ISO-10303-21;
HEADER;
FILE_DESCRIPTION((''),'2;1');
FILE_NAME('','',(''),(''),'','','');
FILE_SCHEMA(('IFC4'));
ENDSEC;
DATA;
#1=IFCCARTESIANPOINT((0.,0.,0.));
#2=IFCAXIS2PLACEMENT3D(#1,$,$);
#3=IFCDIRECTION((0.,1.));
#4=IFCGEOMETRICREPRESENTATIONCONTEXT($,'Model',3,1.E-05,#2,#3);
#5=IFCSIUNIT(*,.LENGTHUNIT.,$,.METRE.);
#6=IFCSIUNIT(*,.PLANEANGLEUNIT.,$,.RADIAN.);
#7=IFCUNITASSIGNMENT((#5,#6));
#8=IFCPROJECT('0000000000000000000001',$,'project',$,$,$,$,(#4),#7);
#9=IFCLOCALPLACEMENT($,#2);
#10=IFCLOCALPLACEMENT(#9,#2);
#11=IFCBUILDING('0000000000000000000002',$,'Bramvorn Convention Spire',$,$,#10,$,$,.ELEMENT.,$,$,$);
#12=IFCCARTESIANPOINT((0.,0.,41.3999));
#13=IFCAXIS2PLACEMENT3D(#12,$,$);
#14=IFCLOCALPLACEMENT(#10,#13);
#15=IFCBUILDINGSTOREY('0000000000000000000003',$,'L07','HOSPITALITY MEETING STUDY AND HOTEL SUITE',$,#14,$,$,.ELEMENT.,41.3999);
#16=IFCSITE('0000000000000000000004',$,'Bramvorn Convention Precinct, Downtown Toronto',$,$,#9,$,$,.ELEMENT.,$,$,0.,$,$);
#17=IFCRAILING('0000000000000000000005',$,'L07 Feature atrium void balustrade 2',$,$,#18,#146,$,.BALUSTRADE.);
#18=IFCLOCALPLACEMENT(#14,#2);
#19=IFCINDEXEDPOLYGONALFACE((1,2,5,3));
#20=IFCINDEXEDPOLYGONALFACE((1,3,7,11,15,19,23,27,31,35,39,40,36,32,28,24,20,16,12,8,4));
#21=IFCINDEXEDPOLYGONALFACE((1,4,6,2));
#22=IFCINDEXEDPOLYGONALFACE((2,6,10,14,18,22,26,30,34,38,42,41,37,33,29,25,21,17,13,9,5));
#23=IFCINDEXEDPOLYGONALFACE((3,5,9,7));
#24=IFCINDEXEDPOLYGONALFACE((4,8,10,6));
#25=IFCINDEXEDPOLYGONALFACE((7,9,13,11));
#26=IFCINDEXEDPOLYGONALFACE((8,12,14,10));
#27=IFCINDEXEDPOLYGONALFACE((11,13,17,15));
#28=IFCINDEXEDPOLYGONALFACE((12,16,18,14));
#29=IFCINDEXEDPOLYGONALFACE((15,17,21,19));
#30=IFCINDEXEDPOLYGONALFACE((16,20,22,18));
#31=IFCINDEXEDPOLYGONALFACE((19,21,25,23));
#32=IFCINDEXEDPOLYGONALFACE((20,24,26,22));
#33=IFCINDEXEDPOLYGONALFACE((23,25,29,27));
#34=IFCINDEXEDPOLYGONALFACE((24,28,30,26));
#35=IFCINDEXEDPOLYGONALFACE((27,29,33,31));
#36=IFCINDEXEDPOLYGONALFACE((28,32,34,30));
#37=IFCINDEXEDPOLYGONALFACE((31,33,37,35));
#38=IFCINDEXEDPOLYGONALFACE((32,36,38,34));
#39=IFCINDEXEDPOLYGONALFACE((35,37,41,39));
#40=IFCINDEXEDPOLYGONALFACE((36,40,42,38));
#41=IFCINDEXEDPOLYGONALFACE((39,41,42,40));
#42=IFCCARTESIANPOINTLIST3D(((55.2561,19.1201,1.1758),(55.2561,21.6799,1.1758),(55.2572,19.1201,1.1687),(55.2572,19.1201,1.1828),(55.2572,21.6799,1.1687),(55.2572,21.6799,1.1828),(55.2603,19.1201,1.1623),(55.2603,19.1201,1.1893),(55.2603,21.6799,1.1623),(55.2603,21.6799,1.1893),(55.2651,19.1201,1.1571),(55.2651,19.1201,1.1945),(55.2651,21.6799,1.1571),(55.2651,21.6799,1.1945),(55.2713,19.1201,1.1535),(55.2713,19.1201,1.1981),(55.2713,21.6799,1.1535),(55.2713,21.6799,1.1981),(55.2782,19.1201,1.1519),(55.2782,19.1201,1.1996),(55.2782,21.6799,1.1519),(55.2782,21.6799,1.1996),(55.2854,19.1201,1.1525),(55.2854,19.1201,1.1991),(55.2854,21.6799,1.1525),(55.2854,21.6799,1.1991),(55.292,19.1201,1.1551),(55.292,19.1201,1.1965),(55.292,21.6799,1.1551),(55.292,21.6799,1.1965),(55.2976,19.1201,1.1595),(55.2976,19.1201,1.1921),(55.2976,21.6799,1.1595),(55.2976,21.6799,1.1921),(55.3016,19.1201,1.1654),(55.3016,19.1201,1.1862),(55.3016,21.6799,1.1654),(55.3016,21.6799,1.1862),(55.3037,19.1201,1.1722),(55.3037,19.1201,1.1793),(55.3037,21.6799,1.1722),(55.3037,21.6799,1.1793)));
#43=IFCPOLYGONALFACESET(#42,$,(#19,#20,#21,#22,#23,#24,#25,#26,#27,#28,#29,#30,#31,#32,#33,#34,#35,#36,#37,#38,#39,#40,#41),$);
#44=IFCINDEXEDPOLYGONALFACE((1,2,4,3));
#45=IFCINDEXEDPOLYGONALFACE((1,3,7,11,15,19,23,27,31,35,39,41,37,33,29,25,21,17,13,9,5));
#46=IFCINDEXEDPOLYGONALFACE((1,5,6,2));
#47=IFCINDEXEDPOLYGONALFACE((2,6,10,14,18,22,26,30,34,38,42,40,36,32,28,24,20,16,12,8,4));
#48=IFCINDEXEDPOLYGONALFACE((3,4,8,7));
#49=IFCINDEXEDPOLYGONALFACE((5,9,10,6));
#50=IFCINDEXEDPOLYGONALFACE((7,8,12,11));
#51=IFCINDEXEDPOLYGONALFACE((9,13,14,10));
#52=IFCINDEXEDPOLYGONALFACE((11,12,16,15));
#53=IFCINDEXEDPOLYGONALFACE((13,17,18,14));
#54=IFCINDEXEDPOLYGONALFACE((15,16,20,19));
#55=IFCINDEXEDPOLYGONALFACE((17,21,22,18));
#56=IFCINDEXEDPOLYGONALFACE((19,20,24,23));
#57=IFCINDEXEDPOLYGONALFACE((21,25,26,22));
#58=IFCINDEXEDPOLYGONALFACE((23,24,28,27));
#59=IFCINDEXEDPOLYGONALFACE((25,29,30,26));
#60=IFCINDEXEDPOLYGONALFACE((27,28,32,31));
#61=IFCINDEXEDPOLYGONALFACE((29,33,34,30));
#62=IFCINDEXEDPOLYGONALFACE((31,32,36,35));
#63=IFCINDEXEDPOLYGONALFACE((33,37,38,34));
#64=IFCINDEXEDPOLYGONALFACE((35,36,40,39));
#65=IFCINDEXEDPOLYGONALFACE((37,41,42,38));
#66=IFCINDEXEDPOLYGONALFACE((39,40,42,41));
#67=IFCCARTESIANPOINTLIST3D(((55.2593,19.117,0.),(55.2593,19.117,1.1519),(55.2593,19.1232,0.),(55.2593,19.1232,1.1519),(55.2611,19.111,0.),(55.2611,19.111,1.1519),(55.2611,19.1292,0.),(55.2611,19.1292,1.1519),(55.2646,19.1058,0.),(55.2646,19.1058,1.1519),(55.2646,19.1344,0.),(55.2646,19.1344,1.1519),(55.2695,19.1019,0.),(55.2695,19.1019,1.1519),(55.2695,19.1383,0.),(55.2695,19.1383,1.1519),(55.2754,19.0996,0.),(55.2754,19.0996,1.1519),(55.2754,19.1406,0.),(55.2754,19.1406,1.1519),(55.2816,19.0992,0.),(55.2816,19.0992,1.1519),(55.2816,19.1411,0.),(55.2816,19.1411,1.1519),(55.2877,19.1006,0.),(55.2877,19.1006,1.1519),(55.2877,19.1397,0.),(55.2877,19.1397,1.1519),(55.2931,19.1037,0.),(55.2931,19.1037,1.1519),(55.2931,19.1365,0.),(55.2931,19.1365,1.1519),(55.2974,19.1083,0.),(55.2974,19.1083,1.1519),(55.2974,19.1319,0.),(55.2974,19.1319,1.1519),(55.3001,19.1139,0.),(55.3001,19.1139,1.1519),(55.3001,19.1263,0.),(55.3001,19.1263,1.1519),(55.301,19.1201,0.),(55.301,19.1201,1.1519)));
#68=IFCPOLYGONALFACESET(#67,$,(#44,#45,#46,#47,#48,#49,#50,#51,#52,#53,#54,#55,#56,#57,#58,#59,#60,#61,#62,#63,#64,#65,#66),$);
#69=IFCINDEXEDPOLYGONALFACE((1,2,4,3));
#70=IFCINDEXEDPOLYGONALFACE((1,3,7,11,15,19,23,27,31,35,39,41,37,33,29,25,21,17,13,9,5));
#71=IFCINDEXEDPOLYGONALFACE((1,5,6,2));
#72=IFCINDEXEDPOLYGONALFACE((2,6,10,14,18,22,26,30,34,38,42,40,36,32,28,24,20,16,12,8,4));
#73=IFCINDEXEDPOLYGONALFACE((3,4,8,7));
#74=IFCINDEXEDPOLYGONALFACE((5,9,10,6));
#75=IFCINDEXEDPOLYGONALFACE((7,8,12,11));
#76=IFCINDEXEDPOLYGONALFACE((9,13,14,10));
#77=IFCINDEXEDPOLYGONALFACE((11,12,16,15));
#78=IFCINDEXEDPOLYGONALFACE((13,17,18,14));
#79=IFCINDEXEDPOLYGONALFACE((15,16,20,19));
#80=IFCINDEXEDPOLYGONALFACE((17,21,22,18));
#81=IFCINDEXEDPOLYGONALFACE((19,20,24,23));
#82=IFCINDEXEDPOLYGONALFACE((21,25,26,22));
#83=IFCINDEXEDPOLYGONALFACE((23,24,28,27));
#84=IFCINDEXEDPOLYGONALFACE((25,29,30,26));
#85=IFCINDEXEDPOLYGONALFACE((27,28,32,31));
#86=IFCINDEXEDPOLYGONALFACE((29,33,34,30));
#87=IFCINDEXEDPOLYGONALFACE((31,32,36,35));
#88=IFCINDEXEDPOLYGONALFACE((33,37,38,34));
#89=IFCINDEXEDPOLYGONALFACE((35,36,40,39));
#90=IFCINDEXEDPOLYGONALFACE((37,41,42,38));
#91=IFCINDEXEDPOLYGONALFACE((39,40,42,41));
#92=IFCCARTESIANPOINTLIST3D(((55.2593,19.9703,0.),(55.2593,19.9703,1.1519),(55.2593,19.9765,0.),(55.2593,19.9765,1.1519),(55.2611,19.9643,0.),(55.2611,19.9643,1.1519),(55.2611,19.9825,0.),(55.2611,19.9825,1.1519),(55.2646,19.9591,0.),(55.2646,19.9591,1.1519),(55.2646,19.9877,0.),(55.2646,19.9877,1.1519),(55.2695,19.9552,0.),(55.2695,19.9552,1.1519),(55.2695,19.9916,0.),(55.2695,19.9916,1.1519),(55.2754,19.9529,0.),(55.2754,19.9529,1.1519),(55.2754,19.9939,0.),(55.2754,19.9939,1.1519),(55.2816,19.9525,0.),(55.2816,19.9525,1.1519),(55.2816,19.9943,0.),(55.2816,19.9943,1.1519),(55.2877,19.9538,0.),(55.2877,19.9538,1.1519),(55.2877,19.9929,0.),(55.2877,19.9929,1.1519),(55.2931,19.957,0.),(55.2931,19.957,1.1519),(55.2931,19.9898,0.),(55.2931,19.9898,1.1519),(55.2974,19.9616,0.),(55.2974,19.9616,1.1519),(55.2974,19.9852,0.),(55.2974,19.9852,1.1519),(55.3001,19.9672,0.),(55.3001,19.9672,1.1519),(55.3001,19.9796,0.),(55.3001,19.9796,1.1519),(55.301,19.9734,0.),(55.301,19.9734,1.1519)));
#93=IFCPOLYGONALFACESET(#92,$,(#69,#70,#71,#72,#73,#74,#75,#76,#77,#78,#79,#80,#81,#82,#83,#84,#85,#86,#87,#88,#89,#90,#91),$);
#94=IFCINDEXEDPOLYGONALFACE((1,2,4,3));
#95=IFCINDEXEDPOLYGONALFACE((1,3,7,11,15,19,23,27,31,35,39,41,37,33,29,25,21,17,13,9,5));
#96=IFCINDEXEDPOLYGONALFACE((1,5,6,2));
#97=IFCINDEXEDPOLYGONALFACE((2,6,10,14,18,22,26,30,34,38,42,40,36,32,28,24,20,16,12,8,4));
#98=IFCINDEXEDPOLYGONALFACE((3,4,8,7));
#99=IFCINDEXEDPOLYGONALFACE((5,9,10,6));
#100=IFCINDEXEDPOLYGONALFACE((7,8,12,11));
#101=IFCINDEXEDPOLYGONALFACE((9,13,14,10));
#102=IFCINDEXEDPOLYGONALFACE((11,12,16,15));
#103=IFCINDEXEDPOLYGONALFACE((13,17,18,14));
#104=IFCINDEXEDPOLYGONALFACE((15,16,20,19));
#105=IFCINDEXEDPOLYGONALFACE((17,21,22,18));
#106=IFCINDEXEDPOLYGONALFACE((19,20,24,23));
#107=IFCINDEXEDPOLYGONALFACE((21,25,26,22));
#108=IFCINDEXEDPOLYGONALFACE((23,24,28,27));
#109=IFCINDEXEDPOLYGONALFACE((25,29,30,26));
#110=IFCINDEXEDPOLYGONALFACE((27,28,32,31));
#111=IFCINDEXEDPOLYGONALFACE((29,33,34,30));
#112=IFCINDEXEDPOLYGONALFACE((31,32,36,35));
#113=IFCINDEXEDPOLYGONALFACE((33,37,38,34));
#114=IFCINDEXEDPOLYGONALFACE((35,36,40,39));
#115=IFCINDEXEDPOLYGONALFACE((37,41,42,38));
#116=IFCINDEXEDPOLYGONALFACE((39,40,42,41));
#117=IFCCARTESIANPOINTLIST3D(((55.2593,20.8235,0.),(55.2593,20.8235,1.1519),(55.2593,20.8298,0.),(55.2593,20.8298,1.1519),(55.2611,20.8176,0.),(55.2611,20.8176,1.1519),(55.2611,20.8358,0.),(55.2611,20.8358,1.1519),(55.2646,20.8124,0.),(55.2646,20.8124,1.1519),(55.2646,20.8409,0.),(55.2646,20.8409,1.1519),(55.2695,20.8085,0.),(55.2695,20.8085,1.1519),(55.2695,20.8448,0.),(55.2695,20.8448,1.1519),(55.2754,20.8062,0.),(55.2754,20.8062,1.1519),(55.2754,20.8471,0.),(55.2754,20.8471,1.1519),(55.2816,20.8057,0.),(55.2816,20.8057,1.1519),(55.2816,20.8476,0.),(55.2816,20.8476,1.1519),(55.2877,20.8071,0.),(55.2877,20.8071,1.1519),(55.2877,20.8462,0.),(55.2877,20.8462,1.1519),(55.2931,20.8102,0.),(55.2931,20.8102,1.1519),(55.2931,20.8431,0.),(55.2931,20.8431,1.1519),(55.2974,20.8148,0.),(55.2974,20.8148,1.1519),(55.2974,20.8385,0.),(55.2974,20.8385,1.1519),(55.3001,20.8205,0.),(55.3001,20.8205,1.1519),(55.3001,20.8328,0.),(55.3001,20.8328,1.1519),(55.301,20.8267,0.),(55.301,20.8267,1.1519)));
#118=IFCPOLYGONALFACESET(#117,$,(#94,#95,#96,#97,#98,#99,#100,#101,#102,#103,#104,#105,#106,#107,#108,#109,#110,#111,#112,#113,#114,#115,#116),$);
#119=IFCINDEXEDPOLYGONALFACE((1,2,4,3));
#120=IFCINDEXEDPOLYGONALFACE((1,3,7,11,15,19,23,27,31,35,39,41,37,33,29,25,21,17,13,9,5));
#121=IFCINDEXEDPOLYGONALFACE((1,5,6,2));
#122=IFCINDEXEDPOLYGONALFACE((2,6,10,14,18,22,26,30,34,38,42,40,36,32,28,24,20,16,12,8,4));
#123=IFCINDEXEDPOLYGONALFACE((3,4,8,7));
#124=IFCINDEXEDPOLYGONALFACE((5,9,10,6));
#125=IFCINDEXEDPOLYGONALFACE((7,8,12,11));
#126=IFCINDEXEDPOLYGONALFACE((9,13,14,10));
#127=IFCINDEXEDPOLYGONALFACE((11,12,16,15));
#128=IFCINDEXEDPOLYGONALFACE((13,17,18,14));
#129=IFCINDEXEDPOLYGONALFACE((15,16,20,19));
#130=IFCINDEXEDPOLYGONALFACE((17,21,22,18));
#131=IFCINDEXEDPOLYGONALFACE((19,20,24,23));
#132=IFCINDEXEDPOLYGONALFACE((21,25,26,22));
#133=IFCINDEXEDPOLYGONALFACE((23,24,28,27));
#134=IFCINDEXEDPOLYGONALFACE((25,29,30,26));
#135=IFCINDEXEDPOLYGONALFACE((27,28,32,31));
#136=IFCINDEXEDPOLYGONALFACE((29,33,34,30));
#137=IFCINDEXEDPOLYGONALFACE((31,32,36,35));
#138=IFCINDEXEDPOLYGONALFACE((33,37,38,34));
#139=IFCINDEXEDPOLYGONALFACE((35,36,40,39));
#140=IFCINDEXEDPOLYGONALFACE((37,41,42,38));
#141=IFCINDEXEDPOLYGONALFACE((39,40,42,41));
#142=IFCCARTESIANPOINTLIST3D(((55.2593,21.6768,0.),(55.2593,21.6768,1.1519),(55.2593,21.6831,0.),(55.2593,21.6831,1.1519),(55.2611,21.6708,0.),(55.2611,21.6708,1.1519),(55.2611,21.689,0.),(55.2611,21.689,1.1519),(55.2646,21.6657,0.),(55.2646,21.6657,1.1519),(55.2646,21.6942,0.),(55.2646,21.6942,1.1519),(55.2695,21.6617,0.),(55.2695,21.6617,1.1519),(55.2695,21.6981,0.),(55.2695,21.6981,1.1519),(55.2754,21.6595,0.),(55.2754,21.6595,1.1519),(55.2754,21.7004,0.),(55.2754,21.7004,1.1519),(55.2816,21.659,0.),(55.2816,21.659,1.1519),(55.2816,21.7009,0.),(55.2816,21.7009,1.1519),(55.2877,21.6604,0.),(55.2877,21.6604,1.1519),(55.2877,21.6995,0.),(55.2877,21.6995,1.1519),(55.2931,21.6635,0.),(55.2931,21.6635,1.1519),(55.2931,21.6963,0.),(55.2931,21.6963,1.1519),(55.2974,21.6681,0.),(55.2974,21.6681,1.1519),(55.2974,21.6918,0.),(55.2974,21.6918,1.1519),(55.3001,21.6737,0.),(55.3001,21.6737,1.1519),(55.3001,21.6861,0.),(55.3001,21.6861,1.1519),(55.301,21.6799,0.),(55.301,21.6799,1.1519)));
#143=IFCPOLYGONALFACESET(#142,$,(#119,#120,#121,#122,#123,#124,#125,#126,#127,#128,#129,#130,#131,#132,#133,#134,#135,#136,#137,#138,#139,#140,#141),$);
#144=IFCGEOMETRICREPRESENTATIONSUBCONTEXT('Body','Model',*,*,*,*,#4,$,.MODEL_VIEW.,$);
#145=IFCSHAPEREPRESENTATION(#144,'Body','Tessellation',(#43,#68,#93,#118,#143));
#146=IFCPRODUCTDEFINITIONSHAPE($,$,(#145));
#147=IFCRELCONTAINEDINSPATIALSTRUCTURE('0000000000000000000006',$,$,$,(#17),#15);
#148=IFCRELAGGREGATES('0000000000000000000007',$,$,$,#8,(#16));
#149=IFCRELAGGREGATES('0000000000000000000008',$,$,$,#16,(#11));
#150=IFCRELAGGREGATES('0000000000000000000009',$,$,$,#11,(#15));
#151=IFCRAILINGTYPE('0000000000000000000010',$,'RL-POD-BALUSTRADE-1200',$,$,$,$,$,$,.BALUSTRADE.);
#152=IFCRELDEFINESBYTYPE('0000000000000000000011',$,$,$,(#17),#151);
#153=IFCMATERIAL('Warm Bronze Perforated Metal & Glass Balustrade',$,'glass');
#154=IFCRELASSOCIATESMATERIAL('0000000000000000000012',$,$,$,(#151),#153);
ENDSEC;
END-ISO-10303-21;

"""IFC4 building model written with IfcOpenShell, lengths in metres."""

from ifc_helpers import new_model, si_unit, direction, frame, origin, origin_2d, place, context, subcontext, project, spatial, circle, extrude, material, type_object, element, save


model = new_model("IFC4")

# Units and contexts
model_context = context("Model", 3, precision=1e-05, world=origin(), true_north=direction((0.0, 1.0)))
body_context = subcontext(model_context, "Body", "Model", "MODEL_VIEW")
ifc_project = project(units=[si_unit("LENGTHUNIT", "METRE"), si_unit("PLANEANGLEUNIT", "RADIAN")], contexts=[model_context])

# Site, building, storey
site_placement = place(None, origin())
site = spatial("IfcSite", under=ifc_project, at=site_placement, Name="Bramvorn Convention Precinct, Downtown Toronto", CompositionType="ELEMENT", RefElevation=0.0)
building_placement = place(site_placement, origin())
building = spatial("IfcBuilding", under=site, at=building_placement, Name="Bramvorn Convention Spire", CompositionType="ELEMENT")
storey_placement = place(building_placement, frame((0.0, 0.0, 41.3999)))
storey = spatial("IfcBuildingStorey", under=building, at=storey_placement, Name="L07", Description="HOSPITALITY MEETING STUDY AND HOTEL SUITE", CompositionType="ELEMENT", Elevation=41.3999)

# Railing
ifc_material_1 = material(Name="Warm Bronze Perforated Metal & Glass Balustrade", Category="glass")
railing_type_1 = type_object("IfcRailingType", Name="RL-POD-BALUSTRADE-1200", PredefinedType="BALUSTRADE", material=ifc_material_1)
railing_1_placement = place(storey_placement, frame((55.28, 19.1201, 0.0)))
element("IfcRailing", 1, at=railing_1_placement, inside=storey, type_object=railing_type_1, Name="L07 Feature atrium void balustrade 2", PredefinedType="BALUSTRADE", context=body_context, shape_type="SweptSolid", body=[
    extrude(circle(Radius=0.0239, at=origin_2d()), frame((0.0, 0.0, 1.1758), z_axis=(0.0, 1.0, 0.0), x_axis=(-1.0, 0.0, 0.0)), (0.0, 0.0, 1.0), 2.5598),
    extrude(circle(Radius=0.021, at=origin_2d()), origin(), (0.0, 0.0, 1.0), 1.1519),
    extrude(circle(Radius=0.021, at=origin_2d()), frame((0.0, 0.8533, 0.0)), (0.0, 0.0, 1.0), 1.1519),
    extrude(circle(Radius=0.021, at=origin_2d()), frame((0.0, 1.7065, 0.0)), (0.0, 0.0, 1.0), 1.1519),
    extrude(circle(Radius=0.021, at=origin_2d()), frame((0.0, 2.5598, 0.0)), (0.0, 0.0, 1.0), 1.1519),
])

save(model, "model.ifc")
